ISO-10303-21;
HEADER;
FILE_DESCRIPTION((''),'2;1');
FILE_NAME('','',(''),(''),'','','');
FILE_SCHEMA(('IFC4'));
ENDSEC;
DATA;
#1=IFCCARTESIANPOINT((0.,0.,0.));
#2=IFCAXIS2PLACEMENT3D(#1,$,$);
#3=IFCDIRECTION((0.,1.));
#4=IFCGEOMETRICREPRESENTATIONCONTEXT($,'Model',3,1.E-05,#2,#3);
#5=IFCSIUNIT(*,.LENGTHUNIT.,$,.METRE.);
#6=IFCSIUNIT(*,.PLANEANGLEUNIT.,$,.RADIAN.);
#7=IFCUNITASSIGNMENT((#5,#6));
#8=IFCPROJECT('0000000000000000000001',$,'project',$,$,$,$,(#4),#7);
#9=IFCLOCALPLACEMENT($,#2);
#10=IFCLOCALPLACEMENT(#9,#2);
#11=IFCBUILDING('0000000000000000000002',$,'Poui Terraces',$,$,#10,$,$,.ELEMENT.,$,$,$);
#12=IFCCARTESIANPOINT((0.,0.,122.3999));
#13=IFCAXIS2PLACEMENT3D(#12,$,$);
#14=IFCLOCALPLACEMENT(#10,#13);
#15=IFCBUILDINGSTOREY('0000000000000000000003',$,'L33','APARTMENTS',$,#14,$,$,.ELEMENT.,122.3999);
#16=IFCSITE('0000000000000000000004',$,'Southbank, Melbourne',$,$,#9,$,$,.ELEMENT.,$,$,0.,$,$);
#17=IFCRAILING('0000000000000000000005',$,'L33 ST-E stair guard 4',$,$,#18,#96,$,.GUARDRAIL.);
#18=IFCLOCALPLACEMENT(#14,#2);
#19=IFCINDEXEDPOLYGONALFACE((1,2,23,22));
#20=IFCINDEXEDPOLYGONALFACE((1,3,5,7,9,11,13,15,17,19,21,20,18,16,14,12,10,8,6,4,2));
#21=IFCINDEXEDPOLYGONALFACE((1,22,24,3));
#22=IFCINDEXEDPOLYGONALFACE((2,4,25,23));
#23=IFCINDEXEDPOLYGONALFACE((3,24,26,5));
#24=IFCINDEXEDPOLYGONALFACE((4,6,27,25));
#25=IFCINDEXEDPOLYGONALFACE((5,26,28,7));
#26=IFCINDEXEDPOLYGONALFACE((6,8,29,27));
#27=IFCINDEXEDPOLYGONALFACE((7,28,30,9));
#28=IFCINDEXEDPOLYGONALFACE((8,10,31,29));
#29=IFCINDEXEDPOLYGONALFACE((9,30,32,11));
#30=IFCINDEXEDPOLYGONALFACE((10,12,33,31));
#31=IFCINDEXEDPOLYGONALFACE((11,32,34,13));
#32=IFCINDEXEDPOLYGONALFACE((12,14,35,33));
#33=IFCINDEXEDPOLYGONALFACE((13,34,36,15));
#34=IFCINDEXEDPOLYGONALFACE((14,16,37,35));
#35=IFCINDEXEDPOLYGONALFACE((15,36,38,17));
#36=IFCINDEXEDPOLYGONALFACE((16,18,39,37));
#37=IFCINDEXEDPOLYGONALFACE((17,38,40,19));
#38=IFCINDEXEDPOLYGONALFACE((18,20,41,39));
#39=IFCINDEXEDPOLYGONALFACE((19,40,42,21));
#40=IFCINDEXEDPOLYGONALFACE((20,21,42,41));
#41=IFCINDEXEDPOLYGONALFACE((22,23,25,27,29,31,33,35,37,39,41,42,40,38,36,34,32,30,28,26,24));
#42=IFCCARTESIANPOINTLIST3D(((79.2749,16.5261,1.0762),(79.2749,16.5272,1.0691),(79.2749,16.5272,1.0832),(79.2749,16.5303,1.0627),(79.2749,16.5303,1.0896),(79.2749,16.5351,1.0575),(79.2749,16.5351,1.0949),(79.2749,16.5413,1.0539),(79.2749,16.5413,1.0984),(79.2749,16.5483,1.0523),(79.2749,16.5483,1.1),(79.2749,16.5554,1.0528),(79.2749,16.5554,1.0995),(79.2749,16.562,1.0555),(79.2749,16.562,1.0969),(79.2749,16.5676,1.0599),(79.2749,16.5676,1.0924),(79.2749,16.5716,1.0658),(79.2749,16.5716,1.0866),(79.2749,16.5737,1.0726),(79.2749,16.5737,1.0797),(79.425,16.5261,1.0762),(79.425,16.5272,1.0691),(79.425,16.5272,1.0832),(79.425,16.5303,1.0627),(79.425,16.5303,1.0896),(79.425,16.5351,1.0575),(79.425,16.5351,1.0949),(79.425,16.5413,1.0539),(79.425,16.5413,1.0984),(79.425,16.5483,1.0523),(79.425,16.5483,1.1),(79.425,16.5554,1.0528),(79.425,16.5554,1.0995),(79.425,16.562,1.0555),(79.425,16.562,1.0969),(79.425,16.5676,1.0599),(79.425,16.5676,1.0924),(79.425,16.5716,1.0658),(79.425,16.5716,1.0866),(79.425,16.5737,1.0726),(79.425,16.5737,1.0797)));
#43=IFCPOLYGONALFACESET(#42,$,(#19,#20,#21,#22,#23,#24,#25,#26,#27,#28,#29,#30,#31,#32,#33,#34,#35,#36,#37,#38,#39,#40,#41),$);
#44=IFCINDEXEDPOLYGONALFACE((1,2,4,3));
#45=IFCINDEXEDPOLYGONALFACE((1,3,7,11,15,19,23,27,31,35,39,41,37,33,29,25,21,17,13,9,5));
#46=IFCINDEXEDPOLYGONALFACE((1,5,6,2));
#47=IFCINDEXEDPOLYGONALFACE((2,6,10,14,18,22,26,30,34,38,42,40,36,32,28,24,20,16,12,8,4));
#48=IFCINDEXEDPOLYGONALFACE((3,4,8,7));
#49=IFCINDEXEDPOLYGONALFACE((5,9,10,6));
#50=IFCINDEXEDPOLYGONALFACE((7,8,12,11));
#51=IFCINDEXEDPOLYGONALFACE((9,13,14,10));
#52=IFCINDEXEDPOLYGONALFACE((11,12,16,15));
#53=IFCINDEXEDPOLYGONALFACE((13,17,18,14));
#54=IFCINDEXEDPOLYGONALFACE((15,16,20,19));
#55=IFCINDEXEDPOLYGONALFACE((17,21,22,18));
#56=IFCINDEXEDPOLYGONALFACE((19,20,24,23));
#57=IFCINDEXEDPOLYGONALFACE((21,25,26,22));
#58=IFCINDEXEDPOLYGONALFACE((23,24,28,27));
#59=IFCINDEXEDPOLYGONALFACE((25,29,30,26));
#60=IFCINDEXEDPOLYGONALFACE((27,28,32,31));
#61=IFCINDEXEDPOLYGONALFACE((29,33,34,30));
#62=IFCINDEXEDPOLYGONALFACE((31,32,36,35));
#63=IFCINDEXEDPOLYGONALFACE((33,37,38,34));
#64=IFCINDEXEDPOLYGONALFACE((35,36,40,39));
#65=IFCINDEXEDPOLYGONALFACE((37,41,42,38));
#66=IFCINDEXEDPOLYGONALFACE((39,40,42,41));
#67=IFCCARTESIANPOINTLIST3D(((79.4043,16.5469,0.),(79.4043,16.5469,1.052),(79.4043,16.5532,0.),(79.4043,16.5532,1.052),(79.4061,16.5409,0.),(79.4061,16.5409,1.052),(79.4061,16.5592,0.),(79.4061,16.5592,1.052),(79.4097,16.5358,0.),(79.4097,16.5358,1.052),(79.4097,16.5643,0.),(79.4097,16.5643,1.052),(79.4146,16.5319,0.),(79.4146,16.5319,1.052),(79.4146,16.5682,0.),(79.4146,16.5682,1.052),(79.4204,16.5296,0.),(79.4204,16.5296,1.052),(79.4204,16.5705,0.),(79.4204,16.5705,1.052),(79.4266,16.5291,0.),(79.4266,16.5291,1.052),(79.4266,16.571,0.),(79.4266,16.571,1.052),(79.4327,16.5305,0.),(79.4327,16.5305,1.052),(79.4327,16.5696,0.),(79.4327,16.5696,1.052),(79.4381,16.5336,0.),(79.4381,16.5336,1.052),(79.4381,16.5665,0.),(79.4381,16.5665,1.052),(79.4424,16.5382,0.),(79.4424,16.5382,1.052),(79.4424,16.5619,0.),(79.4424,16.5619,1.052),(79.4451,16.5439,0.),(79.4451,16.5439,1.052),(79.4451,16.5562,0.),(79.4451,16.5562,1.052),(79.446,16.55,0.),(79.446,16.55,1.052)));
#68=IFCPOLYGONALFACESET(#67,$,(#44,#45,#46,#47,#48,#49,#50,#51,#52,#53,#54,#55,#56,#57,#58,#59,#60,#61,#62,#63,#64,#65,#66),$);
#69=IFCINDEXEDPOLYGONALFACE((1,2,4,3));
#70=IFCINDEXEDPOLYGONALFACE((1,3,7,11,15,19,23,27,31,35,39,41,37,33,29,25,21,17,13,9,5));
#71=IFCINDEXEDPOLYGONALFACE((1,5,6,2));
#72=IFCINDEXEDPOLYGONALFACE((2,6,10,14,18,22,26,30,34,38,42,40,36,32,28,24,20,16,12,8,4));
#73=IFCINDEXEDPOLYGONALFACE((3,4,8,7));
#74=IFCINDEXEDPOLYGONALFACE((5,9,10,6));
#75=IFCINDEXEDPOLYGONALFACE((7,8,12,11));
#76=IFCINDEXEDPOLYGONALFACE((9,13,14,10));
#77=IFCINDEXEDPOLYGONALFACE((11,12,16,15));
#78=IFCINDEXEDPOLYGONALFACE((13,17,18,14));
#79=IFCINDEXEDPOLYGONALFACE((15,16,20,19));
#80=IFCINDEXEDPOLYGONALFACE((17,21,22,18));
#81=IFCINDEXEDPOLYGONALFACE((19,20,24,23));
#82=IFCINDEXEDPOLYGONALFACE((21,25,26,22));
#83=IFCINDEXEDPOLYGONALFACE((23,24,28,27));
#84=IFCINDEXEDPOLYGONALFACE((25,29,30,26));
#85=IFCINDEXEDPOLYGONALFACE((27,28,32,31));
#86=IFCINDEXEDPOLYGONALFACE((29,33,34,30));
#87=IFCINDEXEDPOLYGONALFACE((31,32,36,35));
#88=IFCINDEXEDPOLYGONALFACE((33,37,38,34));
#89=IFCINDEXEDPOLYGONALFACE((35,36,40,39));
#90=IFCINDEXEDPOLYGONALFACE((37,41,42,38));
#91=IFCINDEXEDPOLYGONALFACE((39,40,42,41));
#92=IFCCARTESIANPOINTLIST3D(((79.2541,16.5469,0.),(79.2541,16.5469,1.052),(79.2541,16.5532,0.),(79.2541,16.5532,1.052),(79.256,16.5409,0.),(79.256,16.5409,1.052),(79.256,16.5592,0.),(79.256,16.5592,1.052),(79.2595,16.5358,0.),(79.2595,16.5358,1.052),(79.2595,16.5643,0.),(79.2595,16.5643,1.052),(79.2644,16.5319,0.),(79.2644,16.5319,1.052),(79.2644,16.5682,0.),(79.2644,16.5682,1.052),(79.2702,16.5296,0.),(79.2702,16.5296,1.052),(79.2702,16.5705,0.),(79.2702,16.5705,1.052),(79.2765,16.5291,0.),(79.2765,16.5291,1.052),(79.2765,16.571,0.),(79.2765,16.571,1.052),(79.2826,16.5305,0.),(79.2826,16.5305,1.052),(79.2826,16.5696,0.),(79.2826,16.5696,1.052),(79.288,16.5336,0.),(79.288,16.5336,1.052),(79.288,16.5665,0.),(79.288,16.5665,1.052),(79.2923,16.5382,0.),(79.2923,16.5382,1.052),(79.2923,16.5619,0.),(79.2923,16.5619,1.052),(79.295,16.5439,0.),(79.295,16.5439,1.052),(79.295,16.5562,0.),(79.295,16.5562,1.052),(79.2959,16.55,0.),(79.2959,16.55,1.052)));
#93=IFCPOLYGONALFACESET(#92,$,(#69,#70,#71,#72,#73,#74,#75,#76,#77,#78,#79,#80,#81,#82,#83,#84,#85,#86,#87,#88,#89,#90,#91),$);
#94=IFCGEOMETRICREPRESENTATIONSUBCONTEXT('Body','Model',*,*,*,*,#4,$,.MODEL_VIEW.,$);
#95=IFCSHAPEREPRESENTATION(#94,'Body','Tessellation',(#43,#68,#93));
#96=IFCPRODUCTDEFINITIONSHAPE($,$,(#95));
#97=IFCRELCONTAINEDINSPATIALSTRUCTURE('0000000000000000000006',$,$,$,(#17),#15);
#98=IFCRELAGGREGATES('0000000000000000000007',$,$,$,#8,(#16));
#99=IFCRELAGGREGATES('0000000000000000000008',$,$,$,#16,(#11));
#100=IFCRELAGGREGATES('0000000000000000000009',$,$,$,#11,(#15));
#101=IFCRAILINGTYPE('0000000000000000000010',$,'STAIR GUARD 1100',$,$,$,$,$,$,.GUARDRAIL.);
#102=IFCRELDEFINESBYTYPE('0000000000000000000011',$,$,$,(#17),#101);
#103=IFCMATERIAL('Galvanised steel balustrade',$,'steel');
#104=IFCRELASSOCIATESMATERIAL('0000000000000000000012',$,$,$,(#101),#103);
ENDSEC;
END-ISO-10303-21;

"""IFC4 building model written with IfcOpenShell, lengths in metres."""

from ifc_helpers import new_model, si_unit, direction, frame, origin, origin_2d, place, context, subcontext, project, spatial, circle, extrude, material, type_object, element, save


model = new_model("IFC4")

# Units and contexts
model_context = context("Model", 3, precision=1e-05, world=origin(), true_north=direction((0.0, 1.0)))
body_context = subcontext(model_context, "Body", "Model", "MODEL_VIEW")
ifc_project = project(units=[si_unit("LENGTHUNIT", "METRE"), si_unit("PLANEANGLEUNIT", "RADIAN")], contexts=[model_context])

# Site, building, storey
site_placement = place(None, origin())
site = spatial("IfcSite", under=ifc_project, at=site_placement, Name="Southbank, Melbourne", CompositionType="ELEMENT", RefElevation=0.0)
building_placement = place(site_placement, origin())
building = spatial("IfcBuilding", under=site, at=building_placement, Name="Poui Terraces", CompositionType="ELEMENT")
storey_placement = place(building_placement, frame((0.0, 0.0, 122.3999)))
storey = spatial("IfcBuildingStorey", under=building, at=storey_placement, Name="L33", Description="APARTMENTS", CompositionType="ELEMENT", Elevation=122.3999)

# Railing
ifc_material_1 = material(Name="Galvanised steel balustrade", Category="steel")
railing_type_1 = type_object("IfcRailingType", Name="STAIR GUARD 1100", PredefinedType="GUARDRAIL", material=ifc_material_1)
railing_1_placement = place(storey_placement, frame((79.425, 16.55, 0.0)))
element("IfcRailing", 1, at=railing_1_placement, inside=storey, type_object=railing_type_1, Name="L33 ST-E stair guard 4", PredefinedType="GUARDRAIL", context=body_context, shape_type="SweptSolid", body=[
    extrude(circle(Radius=0.0239, at=origin_2d()), frame((0.0, 0.0, 1.0762), z_axis=(-1.0, 0.0, 0.0), x_axis=(0.0, -1.0, 0.0)), (0.0, 0.0, 1.0), 0.1501),
    extrude(circle(Radius=0.021, at=origin_2d()), origin(), (0.0, 0.0, 1.0), 1.052),
    extrude(circle(Radius=0.021, at=origin_2d()), frame((-0.1501, 0.0, 0.0)), (0.0, 0.0, 1.0), 1.052),
])

save(model, "model.ifc")
